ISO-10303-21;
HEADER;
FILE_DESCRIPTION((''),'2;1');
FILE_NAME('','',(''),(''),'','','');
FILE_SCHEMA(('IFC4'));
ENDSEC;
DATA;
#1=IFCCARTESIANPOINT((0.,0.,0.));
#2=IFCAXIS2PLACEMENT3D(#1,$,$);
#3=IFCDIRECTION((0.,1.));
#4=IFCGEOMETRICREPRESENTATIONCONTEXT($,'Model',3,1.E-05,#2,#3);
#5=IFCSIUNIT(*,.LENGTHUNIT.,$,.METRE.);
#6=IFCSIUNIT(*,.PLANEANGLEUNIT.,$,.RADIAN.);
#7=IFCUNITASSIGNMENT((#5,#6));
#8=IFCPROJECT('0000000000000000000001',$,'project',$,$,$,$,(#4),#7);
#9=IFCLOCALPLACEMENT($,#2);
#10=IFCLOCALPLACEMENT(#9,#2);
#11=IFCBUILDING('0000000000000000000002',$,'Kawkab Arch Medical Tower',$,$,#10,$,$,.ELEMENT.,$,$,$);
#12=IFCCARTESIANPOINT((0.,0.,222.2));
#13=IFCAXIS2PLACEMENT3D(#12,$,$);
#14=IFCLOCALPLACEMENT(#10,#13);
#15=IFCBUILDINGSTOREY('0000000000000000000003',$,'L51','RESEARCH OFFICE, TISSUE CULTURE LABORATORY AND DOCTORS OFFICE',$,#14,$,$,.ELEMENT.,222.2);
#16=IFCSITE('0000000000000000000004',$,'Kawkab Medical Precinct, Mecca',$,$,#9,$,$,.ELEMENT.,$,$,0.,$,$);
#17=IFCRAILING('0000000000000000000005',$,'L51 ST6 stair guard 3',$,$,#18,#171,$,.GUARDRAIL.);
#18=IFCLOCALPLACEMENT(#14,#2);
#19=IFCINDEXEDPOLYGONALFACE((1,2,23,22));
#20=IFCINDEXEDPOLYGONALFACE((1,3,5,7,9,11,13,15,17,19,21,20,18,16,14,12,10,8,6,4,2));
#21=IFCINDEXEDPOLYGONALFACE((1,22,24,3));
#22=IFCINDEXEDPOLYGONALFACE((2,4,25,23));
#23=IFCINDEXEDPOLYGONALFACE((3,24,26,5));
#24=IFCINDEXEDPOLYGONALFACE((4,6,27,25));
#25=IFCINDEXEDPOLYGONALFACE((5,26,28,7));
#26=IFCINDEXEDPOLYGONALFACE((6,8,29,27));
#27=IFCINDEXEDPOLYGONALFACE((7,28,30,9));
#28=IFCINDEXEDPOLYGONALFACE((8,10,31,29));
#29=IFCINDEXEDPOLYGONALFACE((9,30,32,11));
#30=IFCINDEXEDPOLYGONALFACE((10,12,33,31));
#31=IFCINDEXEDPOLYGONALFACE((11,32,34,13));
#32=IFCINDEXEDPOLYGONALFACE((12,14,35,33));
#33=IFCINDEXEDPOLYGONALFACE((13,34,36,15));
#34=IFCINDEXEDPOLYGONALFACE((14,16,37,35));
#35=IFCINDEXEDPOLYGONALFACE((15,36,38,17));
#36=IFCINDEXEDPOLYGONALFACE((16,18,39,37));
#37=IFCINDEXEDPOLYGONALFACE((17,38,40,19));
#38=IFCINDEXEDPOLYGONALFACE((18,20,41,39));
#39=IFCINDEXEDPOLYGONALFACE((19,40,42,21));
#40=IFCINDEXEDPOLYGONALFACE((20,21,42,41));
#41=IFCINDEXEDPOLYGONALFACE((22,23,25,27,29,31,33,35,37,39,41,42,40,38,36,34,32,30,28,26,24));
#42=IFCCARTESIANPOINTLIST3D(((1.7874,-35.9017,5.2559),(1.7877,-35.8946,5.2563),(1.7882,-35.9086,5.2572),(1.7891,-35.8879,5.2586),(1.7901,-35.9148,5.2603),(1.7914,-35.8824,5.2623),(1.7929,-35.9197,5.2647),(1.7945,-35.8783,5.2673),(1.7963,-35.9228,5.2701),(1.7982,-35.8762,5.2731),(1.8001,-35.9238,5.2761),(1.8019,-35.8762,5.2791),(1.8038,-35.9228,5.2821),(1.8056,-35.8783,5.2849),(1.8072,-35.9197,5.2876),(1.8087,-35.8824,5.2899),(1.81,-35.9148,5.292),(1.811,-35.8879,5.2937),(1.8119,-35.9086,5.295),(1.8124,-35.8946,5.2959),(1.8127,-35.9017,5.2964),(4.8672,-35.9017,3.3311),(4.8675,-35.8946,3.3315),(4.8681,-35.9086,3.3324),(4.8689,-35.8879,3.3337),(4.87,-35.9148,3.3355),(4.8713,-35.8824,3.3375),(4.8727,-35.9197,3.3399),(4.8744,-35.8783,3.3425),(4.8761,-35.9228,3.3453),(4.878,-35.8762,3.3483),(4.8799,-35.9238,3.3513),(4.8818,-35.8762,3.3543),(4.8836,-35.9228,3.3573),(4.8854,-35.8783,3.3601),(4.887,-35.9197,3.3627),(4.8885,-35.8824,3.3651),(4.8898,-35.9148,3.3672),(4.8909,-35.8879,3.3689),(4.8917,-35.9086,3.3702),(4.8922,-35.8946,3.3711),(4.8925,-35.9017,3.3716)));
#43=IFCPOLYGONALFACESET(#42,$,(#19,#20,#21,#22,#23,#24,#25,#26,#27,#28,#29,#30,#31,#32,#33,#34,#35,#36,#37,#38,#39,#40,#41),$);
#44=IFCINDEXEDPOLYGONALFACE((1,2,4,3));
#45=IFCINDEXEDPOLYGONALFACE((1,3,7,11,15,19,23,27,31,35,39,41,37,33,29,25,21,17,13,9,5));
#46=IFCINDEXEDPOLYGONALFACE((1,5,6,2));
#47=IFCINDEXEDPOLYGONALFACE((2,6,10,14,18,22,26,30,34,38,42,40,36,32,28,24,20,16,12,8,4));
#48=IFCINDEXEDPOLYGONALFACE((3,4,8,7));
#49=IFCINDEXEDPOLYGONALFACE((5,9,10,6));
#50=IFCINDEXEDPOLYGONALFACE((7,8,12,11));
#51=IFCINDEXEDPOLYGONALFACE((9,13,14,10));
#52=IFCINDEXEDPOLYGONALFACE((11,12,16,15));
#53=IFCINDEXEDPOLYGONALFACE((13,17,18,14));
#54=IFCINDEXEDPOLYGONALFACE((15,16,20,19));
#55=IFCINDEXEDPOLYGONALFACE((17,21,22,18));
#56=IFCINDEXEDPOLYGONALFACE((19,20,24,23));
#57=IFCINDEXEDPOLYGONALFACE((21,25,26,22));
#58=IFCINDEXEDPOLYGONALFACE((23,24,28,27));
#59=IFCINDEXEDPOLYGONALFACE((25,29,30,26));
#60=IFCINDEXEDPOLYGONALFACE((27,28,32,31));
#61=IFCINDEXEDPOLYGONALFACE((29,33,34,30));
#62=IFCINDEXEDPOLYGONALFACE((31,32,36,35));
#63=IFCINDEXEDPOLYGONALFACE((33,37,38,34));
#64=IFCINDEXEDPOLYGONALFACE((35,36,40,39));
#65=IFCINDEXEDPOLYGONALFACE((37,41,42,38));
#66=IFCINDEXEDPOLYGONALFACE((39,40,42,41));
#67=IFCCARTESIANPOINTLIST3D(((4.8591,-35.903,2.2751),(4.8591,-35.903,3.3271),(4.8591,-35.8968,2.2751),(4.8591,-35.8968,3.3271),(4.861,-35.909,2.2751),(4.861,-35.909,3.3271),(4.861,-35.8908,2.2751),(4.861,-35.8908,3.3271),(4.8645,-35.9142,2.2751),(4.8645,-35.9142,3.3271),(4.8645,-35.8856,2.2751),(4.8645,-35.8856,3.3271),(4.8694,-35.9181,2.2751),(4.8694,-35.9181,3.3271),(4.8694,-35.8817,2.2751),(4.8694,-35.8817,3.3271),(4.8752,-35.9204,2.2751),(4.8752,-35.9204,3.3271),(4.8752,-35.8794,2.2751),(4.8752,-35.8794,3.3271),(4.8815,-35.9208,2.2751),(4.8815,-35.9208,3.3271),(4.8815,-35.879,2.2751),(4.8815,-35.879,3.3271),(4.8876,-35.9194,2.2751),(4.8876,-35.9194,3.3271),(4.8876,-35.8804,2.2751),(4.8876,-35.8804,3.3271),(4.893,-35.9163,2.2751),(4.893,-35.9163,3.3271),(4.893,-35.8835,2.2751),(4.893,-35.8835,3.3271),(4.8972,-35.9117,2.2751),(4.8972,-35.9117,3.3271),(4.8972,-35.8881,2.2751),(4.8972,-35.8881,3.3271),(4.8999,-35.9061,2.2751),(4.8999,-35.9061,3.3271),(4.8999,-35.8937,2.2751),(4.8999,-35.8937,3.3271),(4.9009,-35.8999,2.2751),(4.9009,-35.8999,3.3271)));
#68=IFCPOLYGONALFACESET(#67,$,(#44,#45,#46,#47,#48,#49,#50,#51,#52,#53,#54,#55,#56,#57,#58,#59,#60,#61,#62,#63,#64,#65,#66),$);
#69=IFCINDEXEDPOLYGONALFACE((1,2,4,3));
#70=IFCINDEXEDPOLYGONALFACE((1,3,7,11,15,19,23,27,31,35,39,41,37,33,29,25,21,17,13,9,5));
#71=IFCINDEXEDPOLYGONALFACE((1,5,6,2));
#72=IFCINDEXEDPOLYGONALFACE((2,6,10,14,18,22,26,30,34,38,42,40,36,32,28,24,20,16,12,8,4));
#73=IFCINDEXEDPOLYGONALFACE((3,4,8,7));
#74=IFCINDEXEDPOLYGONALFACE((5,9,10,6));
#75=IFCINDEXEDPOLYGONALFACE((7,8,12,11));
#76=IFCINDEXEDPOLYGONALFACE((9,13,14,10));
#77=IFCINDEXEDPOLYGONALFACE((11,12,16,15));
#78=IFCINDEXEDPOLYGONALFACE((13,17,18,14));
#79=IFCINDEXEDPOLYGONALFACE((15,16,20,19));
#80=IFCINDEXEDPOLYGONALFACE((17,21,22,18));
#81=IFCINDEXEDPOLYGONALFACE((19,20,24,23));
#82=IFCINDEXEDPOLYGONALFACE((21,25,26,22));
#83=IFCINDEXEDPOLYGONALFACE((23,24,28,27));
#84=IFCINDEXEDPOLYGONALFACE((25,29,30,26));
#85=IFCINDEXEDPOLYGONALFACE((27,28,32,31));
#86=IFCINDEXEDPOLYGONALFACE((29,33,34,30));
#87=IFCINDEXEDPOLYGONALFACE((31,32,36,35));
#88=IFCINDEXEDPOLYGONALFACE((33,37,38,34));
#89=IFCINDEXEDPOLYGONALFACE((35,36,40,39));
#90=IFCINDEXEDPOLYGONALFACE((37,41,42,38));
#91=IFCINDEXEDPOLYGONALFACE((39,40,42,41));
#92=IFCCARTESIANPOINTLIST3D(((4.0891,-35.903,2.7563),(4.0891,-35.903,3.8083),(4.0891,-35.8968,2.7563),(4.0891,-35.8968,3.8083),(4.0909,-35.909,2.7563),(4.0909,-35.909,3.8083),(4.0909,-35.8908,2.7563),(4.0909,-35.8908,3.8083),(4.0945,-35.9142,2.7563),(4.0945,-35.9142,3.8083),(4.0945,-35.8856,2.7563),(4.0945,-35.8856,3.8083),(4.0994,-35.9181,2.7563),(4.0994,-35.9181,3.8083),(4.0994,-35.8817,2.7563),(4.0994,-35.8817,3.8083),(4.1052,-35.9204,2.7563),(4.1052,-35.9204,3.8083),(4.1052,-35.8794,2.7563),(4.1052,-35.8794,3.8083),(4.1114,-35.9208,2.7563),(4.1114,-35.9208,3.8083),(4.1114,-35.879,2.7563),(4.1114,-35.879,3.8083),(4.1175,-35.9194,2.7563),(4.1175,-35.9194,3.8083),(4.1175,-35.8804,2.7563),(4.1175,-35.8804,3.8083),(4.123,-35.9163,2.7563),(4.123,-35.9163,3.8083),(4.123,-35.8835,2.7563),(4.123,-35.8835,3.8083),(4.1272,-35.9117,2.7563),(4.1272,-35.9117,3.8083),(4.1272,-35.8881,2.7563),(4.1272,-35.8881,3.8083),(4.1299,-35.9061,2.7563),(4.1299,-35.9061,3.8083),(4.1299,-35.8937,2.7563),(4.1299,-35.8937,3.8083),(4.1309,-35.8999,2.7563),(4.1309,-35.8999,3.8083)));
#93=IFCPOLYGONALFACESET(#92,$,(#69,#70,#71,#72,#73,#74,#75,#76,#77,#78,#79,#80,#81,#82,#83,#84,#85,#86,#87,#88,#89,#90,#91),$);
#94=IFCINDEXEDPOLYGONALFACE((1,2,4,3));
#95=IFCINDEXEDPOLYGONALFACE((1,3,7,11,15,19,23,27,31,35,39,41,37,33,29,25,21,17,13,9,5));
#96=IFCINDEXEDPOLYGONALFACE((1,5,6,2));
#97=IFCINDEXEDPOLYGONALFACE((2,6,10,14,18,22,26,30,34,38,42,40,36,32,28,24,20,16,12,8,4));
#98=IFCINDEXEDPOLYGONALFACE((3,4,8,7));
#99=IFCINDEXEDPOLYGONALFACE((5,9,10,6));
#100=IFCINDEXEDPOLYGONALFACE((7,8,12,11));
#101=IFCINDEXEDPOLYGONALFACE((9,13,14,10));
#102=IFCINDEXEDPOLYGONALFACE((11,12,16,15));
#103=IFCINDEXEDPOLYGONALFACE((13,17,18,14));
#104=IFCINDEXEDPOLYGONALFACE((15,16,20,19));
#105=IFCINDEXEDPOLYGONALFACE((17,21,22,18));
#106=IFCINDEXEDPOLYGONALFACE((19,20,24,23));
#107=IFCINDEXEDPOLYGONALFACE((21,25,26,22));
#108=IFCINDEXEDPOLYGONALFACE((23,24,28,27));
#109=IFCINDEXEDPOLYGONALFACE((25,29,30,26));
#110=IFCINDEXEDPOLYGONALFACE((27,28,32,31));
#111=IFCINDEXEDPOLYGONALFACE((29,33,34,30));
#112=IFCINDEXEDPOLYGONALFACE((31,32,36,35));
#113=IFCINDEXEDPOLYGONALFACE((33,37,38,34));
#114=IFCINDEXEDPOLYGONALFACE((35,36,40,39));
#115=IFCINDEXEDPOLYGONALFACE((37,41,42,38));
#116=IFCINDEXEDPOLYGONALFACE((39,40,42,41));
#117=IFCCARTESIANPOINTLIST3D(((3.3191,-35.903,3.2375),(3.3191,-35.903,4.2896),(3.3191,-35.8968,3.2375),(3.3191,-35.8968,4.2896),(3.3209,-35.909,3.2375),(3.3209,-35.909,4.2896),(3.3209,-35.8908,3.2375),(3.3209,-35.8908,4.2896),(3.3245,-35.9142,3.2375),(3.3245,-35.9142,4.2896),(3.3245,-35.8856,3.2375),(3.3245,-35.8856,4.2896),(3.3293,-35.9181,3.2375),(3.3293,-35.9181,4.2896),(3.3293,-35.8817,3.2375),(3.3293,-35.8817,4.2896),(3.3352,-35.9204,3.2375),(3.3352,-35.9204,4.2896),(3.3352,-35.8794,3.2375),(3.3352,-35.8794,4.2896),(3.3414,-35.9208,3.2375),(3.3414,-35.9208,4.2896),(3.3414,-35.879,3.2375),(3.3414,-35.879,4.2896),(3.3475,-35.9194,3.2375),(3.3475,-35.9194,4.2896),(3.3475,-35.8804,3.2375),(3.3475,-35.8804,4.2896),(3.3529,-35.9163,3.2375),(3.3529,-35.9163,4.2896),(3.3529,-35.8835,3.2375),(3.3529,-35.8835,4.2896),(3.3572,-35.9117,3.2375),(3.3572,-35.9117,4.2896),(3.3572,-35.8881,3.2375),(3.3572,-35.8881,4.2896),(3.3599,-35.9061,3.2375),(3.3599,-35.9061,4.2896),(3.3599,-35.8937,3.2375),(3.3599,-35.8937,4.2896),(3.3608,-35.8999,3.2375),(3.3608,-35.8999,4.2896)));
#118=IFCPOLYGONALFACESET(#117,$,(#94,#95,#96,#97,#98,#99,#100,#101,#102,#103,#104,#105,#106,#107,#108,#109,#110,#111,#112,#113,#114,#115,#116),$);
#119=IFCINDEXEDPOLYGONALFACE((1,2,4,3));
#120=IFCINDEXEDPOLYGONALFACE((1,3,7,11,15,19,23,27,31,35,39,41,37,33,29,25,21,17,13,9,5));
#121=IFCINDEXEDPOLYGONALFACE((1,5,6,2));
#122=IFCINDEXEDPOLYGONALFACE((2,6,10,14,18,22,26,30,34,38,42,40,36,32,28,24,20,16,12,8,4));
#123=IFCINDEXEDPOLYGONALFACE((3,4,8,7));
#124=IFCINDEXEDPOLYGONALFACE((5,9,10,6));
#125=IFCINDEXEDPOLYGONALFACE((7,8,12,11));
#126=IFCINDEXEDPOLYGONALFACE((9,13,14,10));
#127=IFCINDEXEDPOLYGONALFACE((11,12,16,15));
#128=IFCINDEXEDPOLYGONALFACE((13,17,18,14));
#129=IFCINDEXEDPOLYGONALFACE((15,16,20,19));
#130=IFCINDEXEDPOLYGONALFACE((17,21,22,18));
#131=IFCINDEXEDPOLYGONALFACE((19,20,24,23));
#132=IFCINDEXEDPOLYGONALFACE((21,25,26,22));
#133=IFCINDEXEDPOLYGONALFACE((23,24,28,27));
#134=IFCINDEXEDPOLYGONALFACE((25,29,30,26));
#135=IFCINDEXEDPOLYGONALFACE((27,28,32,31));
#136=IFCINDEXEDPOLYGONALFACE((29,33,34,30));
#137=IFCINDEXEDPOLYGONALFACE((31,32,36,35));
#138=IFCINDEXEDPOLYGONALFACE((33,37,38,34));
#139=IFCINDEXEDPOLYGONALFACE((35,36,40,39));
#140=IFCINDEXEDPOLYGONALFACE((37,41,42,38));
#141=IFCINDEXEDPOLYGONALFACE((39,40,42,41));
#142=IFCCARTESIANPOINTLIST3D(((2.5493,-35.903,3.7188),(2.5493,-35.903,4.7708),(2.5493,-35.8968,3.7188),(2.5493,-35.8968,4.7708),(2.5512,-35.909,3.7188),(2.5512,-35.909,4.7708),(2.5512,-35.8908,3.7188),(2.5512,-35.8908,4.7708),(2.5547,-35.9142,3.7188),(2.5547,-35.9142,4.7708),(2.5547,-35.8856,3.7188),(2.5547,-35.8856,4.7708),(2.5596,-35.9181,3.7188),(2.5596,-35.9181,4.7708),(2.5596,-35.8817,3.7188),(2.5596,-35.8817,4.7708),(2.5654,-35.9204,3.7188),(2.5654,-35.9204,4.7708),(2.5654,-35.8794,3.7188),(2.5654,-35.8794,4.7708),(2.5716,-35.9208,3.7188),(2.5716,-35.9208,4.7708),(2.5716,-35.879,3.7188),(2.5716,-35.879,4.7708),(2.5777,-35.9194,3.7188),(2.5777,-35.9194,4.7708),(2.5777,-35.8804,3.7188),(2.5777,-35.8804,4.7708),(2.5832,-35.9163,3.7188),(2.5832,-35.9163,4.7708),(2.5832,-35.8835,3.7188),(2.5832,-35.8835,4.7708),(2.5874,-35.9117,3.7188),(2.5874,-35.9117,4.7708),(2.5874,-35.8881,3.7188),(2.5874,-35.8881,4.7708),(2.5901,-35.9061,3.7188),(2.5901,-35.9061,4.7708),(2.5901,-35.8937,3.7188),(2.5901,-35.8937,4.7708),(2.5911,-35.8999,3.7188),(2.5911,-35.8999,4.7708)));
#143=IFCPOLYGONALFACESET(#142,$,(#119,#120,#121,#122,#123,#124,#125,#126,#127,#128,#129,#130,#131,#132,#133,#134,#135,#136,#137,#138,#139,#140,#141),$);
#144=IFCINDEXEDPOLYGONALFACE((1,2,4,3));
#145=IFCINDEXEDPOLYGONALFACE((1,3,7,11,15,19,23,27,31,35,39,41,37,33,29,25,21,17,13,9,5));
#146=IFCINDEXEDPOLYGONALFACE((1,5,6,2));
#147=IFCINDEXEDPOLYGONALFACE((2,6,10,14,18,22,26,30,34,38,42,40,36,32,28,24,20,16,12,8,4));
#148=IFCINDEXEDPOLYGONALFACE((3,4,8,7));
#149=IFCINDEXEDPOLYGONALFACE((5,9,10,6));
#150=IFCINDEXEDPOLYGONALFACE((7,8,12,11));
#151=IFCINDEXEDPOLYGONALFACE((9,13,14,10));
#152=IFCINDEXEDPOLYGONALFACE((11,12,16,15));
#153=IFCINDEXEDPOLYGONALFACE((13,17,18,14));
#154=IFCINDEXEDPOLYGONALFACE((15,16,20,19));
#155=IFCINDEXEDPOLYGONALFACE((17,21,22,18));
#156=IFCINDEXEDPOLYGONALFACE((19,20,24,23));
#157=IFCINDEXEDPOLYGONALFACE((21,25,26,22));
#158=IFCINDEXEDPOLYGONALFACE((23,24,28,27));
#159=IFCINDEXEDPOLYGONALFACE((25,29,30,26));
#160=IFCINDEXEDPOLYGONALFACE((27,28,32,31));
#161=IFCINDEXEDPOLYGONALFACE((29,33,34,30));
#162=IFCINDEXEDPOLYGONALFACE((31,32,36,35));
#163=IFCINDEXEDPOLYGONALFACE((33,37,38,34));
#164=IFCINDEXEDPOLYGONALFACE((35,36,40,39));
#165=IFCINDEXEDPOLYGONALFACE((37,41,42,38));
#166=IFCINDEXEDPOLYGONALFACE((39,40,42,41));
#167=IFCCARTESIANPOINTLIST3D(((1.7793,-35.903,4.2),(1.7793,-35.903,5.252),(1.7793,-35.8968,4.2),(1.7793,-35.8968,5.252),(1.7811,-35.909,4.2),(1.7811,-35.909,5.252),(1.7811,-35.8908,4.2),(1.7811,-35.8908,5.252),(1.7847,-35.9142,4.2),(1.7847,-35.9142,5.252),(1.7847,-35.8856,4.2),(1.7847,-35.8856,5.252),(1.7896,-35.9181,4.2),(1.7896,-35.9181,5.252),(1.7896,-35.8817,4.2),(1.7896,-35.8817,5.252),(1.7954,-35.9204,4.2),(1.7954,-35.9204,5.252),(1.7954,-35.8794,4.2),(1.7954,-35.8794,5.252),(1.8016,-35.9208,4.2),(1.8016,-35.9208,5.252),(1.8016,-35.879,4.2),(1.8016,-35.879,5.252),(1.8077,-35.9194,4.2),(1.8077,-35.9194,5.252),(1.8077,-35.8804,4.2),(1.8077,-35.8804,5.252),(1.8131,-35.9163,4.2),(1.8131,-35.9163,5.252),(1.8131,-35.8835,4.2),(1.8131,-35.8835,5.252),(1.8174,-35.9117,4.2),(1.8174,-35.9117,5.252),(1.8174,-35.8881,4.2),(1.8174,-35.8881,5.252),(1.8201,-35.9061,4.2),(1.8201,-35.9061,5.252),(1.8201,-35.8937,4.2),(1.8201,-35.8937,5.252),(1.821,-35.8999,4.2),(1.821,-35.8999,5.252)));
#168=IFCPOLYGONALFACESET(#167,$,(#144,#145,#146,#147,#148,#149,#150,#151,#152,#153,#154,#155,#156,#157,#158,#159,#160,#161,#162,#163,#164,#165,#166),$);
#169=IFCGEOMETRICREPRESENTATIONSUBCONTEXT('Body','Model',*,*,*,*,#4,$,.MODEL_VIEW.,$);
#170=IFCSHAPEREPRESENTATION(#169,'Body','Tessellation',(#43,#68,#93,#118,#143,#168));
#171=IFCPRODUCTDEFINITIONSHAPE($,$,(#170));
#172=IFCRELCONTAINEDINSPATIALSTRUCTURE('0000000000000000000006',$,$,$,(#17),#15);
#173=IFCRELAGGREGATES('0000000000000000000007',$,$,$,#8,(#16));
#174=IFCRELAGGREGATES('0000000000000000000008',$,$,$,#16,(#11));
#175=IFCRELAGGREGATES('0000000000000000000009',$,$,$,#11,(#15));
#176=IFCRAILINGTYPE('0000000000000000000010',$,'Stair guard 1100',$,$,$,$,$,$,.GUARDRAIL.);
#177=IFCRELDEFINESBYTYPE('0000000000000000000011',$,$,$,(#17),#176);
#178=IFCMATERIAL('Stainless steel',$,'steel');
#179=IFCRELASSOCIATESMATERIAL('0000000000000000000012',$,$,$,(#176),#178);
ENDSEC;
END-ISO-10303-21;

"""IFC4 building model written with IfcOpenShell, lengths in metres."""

from ifc_helpers import new_model, si_unit, direction, frame, origin, origin_2d, place, context, subcontext, project, spatial, circle, extrude, material, type_object, element, save


model = new_model("IFC4")

# Units and contexts
model_context = context("Model", 3, precision=1e-05, world=origin(), true_north=direction((0.0, 1.0)))
body_context = subcontext(model_context, "Body", "Model", "MODEL_VIEW")
ifc_project = project(units=[si_unit("LENGTHUNIT", "METRE"), si_unit("PLANEANGLEUNIT", "RADIAN")], contexts=[model_context])

# Site, building, storey
site_placement = place(None, origin())
site = spatial("IfcSite", under=ifc_project, at=site_placement, Name="Kawkab Medical Precinct, Mecca", CompositionType="ELEMENT", RefElevation=0.0)
building_placement = place(site_placement, origin())
building = spatial("IfcBuilding", under=site, at=building_placement, Name="Kawkab Arch Medical Tower", CompositionType="ELEMENT")
storey_placement = place(building_placement, frame((0.0, 0.0, 222.2)))
storey = spatial("IfcBuildingStorey", under=building, at=storey_placement, Name="L51", Description="RESEARCH OFFICE, TISSUE CULTURE LABORATORY AND DOCTORS OFFICE", CompositionType="ELEMENT", Elevation=222.2)

# Railing
ifc_material_1 = material(Name="Stainless steel", Category="steel")
railing_type = type_object("IfcRailingType", Name="Stair guard 1100", PredefinedType="GUARDRAIL", material=ifc_material_1)
railing_1_placement = place(storey_placement, frame((4.8799, -35.8999, 2.2751)))
element("IfcRailing", 1, at=railing_1_placement, inside=storey, type_object=railing_type, Name="L51 ST6 stair guard 3", PredefinedType="GUARDRAIL", context=body_context, shape_type="SweptSolid", body=[
    extrude(circle(Radius=0.0239, at=origin_2d()), frame((0.0, 0.0, 1.0762), z_axis=(-0.84801, 0.0, 0.529981), x_axis=(0.0, -1.0, 0.0)), (0.0, 0.0, 1.0), 3.6318),
    extrude(circle(Radius=0.021, at=origin_2d()), origin(), (0.0, 0.0, 1.0), 1.052),
    extrude(circle(Radius=0.021, at=origin_2d()), frame((-0.77, 0.0, 0.4812)), (0.0, 0.0, 1.0), 1.052),
    extrude(circle(Radius=0.021, at=origin_2d()), frame((-1.54, 0.0, 0.9624)), (0.0, 0.0, 1.0), 1.052),
    extrude(circle(Radius=0.021, at=origin_2d()), frame((-2.3098, 0.0, 1.4436)), (0.0, 0.0, 1.0), 1.052),
    extrude(circle(Radius=0.021, at=origin_2d()), frame((-3.0798, 0.0, 1.9248)), (0.0, 0.0, 1.0), 1.052),
])

save(model, "model.ifc")
